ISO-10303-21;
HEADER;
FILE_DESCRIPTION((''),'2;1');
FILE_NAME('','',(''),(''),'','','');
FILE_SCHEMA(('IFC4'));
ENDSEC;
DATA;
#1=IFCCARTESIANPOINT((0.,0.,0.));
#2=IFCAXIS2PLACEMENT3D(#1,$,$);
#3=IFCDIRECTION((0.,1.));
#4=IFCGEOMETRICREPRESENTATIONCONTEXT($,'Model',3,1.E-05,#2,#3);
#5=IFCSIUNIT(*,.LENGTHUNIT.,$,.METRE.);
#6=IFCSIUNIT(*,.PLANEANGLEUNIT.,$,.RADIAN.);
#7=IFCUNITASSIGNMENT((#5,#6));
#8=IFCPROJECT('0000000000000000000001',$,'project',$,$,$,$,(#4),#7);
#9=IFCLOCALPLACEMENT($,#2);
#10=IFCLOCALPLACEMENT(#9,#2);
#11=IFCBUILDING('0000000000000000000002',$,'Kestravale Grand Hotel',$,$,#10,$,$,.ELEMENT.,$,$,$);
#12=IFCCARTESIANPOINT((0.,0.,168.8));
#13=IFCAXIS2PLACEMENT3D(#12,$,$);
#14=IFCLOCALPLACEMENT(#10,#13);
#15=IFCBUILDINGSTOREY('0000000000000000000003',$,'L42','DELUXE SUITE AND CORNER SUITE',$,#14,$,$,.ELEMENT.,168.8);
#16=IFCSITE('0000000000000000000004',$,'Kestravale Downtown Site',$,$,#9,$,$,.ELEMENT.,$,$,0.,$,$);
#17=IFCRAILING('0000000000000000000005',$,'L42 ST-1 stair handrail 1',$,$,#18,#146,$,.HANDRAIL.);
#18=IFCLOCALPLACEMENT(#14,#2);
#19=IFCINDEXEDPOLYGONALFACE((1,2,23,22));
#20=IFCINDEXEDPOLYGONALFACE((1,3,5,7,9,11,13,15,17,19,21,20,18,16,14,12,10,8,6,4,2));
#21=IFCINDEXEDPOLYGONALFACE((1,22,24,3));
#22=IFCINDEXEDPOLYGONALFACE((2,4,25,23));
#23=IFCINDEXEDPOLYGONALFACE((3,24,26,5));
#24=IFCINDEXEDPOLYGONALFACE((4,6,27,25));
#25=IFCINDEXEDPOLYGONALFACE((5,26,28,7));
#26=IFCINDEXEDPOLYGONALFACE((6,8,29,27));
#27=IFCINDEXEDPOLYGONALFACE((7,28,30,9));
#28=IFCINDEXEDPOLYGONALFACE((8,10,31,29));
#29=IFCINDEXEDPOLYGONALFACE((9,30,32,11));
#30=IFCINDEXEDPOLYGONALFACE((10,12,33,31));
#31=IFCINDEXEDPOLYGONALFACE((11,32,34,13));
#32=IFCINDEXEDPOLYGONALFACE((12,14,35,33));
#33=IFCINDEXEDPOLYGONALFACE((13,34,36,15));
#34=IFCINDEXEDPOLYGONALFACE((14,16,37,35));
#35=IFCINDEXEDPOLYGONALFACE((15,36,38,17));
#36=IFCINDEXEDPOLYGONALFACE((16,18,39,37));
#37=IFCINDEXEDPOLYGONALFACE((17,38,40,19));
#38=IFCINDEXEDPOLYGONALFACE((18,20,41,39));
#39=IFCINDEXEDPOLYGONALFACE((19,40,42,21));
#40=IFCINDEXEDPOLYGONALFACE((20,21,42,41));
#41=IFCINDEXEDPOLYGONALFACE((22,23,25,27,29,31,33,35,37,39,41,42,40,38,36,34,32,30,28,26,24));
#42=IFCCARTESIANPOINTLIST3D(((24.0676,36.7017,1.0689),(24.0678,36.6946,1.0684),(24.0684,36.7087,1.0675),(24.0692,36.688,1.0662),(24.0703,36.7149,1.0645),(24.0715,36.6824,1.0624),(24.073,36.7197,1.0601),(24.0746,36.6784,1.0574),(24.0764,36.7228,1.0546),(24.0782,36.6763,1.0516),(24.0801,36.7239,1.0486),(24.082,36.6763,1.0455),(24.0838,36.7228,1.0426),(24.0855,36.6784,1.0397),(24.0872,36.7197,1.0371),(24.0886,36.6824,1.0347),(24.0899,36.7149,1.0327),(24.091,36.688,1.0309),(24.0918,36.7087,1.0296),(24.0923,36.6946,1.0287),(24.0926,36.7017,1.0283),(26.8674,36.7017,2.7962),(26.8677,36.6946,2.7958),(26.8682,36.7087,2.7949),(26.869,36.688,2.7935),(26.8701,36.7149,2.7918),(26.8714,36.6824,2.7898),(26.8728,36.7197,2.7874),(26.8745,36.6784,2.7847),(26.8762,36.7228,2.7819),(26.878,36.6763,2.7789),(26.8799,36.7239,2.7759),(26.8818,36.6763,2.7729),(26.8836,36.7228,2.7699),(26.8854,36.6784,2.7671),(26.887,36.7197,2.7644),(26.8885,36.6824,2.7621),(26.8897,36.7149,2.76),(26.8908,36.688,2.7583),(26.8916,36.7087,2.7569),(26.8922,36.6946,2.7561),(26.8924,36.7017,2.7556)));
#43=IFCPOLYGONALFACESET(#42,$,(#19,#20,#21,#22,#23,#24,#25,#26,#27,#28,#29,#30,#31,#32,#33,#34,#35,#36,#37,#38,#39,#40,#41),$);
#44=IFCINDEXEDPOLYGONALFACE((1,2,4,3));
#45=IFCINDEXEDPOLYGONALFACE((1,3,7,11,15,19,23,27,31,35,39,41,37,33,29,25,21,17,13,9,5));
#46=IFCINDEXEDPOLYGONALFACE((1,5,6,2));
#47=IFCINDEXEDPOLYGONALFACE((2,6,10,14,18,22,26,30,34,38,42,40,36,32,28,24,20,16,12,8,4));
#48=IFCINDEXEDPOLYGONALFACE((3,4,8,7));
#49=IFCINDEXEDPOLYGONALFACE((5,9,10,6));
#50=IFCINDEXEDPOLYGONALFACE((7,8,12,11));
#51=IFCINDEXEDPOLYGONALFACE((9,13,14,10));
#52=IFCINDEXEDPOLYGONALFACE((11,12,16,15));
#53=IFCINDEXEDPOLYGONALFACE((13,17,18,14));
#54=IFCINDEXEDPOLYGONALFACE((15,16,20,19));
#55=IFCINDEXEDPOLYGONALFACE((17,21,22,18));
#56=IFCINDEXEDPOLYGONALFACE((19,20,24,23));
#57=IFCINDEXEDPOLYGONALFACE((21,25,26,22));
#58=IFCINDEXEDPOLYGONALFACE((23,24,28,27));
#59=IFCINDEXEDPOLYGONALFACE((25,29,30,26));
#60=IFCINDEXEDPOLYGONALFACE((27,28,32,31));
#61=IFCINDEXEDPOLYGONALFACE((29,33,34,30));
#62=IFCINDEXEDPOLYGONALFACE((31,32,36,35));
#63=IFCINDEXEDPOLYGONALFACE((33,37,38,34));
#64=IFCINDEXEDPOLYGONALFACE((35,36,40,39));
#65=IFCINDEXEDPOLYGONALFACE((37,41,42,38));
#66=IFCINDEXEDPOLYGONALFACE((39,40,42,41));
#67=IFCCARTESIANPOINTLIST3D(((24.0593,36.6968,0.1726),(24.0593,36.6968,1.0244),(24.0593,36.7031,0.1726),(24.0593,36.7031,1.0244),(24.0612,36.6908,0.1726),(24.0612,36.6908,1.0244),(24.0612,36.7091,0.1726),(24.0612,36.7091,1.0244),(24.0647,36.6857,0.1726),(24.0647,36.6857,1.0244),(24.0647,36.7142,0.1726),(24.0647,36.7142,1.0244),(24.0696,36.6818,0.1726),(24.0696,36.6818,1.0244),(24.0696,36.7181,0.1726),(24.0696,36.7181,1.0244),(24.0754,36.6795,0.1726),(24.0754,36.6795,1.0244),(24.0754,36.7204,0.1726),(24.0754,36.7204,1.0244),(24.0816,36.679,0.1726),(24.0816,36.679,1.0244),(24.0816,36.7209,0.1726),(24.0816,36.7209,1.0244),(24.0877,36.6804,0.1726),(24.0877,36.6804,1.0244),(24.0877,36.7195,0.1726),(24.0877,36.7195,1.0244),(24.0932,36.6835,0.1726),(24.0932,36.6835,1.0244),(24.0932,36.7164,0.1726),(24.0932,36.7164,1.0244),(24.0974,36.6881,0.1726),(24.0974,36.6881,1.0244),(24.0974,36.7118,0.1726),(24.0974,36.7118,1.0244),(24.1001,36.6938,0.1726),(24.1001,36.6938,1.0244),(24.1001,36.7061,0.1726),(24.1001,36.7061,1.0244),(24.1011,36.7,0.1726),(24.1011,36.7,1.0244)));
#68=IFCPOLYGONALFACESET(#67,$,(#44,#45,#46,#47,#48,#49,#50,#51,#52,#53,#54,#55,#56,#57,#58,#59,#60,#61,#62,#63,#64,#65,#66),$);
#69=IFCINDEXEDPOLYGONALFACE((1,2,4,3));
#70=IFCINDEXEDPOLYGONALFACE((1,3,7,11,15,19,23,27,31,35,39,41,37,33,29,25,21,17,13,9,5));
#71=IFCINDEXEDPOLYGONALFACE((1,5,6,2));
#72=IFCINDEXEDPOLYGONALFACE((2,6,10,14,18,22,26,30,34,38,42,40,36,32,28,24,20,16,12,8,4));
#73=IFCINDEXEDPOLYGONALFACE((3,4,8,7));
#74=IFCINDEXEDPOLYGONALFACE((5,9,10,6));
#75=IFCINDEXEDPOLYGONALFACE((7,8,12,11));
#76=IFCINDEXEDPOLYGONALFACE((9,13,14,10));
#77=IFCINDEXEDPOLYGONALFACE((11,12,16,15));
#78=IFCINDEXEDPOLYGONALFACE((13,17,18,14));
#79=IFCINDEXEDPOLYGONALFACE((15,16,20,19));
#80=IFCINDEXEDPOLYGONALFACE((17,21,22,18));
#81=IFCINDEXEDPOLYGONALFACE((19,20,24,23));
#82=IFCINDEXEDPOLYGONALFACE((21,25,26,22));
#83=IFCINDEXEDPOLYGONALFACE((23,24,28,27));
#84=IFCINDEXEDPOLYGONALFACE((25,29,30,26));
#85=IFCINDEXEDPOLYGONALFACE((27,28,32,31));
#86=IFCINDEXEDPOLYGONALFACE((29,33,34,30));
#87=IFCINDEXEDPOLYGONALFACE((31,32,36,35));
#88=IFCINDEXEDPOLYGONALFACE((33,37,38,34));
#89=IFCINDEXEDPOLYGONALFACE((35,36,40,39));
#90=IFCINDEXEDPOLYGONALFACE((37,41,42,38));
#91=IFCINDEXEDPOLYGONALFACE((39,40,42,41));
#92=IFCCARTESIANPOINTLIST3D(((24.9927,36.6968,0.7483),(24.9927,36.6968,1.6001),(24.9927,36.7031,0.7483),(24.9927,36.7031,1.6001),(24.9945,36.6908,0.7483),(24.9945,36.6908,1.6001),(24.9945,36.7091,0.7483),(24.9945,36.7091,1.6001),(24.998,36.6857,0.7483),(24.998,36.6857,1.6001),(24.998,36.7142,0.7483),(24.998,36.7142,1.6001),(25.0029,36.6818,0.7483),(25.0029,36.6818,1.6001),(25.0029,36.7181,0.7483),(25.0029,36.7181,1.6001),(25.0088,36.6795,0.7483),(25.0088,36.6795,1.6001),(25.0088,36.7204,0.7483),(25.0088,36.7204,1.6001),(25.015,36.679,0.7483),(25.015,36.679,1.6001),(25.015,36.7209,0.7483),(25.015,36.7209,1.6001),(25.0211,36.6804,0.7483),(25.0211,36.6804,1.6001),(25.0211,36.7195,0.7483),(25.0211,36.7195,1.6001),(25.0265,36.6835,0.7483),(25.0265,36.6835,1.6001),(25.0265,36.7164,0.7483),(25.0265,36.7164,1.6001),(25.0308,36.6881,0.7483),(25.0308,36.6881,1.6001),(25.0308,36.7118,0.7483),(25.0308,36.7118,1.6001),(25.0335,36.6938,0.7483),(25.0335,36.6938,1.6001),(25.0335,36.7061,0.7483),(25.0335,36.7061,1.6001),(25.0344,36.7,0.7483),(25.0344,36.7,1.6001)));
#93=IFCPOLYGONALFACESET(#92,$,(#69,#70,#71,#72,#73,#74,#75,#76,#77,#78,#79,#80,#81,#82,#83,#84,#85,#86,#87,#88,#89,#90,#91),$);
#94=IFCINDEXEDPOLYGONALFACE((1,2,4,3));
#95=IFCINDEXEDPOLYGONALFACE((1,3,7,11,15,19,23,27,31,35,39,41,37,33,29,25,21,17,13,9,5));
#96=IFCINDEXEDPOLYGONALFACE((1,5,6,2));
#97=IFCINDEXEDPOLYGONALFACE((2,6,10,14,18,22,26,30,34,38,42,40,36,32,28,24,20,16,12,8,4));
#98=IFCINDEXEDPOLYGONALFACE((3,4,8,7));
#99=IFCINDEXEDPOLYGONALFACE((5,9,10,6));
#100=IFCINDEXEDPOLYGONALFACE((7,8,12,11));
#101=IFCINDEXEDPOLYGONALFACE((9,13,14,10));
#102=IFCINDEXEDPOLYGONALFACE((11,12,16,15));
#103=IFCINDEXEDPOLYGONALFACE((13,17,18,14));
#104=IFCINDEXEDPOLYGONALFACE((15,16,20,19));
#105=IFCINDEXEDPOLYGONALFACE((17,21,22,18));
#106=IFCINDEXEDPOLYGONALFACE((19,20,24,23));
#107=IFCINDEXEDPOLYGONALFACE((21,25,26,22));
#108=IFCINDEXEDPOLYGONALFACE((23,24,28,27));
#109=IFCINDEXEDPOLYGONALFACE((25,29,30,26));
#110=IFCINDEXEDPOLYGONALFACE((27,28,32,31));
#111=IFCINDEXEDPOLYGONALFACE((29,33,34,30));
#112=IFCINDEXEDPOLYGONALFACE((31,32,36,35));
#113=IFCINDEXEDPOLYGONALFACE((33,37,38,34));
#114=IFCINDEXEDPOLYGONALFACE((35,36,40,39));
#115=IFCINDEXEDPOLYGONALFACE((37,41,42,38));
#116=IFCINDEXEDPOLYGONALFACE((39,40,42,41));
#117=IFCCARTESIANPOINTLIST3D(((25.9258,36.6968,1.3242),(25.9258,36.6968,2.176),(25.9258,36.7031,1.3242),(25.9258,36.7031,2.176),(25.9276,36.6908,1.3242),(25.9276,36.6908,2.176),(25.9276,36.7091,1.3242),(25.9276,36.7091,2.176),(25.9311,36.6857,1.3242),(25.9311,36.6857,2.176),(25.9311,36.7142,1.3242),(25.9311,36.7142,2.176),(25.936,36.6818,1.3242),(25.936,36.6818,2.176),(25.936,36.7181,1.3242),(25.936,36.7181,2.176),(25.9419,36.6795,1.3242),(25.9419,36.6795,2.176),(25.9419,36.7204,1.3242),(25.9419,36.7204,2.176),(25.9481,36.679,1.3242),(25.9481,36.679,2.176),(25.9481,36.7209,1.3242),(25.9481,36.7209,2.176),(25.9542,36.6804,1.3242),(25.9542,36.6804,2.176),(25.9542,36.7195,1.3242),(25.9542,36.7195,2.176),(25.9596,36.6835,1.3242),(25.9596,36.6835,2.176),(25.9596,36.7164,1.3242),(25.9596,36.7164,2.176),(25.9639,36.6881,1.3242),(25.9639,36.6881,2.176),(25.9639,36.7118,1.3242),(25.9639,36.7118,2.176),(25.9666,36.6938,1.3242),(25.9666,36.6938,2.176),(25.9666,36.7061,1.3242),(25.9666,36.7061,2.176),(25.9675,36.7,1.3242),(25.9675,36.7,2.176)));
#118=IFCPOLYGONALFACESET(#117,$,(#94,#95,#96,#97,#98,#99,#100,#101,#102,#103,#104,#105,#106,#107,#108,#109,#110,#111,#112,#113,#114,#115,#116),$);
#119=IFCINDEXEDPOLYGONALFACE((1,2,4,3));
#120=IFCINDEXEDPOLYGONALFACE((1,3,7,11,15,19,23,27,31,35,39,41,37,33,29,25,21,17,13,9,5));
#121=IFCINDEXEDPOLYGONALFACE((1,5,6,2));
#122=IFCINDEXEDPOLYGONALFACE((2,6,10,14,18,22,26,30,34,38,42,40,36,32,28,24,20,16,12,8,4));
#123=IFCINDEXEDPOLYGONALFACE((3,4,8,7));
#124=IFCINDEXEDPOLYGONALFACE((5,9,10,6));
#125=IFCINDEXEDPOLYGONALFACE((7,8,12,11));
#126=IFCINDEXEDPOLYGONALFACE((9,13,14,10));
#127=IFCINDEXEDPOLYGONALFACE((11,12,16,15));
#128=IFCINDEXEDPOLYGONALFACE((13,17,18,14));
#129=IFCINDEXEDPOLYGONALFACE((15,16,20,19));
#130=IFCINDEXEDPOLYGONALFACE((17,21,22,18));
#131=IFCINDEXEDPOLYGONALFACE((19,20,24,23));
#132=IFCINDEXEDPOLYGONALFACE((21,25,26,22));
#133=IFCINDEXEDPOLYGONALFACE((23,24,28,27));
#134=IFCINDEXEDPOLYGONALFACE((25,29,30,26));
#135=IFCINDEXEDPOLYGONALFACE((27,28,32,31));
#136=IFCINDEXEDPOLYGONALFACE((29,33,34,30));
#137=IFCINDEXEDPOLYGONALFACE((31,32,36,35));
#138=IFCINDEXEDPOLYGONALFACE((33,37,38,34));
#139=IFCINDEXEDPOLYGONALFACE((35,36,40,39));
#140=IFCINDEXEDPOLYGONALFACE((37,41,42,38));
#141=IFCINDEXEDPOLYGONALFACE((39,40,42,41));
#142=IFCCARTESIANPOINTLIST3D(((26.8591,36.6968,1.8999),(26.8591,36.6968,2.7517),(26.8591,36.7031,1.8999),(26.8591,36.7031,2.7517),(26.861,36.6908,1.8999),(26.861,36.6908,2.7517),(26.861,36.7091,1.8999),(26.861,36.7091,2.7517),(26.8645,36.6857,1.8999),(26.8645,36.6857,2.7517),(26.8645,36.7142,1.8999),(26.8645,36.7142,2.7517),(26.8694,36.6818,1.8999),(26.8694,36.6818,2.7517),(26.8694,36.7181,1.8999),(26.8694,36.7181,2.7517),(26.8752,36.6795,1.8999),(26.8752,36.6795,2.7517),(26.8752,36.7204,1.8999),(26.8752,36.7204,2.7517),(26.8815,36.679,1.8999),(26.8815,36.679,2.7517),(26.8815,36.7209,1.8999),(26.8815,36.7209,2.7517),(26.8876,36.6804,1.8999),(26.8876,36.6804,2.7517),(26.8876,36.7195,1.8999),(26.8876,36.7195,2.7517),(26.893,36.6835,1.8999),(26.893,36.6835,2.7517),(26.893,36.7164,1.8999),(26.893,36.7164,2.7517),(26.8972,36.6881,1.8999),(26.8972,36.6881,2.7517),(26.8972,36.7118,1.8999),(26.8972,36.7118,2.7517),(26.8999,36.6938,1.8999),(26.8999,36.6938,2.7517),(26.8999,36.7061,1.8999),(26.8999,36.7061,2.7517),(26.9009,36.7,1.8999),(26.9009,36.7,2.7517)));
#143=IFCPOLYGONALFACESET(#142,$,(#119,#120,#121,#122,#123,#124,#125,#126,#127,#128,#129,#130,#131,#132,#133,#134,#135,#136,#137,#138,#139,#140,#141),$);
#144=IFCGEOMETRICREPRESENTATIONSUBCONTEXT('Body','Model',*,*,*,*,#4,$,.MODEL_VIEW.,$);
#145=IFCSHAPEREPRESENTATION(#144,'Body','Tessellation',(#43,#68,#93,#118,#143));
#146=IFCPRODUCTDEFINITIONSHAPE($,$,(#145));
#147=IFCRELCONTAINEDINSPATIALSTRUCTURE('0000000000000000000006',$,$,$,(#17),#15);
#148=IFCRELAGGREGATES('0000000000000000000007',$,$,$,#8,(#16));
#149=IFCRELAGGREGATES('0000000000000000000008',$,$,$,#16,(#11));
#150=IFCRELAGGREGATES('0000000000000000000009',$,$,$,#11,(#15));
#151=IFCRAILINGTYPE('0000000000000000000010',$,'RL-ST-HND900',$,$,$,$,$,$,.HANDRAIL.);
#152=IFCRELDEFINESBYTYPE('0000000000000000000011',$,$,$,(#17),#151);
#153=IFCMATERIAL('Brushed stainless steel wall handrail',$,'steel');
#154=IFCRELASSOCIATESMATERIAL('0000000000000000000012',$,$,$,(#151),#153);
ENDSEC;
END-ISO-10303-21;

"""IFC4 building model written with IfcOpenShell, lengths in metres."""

from ifc_helpers import new_model, si_unit, direction, frame, origin, origin_2d, place, context, subcontext, project, spatial, circle, extrude, material, type_object, element, save


model = new_model("IFC4")

# Units and contexts
model_context = context("Model", 3, precision=1e-05, world=origin(), true_north=direction((0.0, 1.0)))
body_context = subcontext(model_context, "Body", "Model", "MODEL_VIEW")
ifc_project = project(units=[si_unit("LENGTHUNIT", "METRE"), si_unit("PLANEANGLEUNIT", "RADIAN")], contexts=[model_context])

# Site, building, storey
site_placement = place(None, origin())
site = spatial("IfcSite", under=ifc_project, at=site_placement, Name="Kestravale Downtown Site", CompositionType="ELEMENT", RefElevation=0.0)
building_placement = place(site_placement, origin())
building = spatial("IfcBuilding", under=site, at=building_placement, Name="Kestravale Grand Hotel", CompositionType="ELEMENT")
storey_placement = place(building_placement, frame((0.0, 0.0, 168.8)))
storey = spatial("IfcBuildingStorey", under=building, at=storey_placement, Name="L42", Description="DELUXE SUITE AND CORNER SUITE", CompositionType="ELEMENT", Elevation=168.8)

# Railing
ifc_material_1 = material(Name="Brushed stainless steel wall handrail", Category="steel")
railing_type_1 = type_object("IfcRailingType", Name="RL-ST-HND900", PredefinedType="HANDRAIL", material=ifc_material_1)
railing_1_placement = place(storey_placement, frame((24.0801, 36.7, 0.1726)))
element("IfcRailing", 1, at=railing_1_placement, inside=storey, type_object=railing_type_1, Name="L42 ST-1 stair handrail 1", PredefinedType="HANDRAIL", context=body_context, shape_type="SweptSolid", body=[
    extrude(circle(Radius=0.0239, at=origin_2d()), frame((0.0, 0.0, 0.876), z_axis=(0.851069, 0.0, 0.525054), x_axis=(0.0, 1.0, 0.0)), (0.0, 0.0, 1.0), 3.2898),
    extrude(circle(Radius=0.021, at=origin_2d()), origin(), (0.0, 0.0, 1.0), 0.8518),
    extrude(circle(Radius=0.021, at=origin_2d()), frame((0.9333, 0.0, 0.5757)), (0.0, 0.0, 1.0), 0.8518),
    extrude(circle(Radius=0.021, at=origin_2d()), frame((1.8665, 0.0, 1.1516)), (0.0, 0.0, 1.0), 0.8518),
    extrude(circle(Radius=0.021, at=origin_2d()), frame((2.7998, 0.0, 1.7273)), (0.0, 0.0, 1.0), 0.8518),
])

save(model, "model.ifc")
